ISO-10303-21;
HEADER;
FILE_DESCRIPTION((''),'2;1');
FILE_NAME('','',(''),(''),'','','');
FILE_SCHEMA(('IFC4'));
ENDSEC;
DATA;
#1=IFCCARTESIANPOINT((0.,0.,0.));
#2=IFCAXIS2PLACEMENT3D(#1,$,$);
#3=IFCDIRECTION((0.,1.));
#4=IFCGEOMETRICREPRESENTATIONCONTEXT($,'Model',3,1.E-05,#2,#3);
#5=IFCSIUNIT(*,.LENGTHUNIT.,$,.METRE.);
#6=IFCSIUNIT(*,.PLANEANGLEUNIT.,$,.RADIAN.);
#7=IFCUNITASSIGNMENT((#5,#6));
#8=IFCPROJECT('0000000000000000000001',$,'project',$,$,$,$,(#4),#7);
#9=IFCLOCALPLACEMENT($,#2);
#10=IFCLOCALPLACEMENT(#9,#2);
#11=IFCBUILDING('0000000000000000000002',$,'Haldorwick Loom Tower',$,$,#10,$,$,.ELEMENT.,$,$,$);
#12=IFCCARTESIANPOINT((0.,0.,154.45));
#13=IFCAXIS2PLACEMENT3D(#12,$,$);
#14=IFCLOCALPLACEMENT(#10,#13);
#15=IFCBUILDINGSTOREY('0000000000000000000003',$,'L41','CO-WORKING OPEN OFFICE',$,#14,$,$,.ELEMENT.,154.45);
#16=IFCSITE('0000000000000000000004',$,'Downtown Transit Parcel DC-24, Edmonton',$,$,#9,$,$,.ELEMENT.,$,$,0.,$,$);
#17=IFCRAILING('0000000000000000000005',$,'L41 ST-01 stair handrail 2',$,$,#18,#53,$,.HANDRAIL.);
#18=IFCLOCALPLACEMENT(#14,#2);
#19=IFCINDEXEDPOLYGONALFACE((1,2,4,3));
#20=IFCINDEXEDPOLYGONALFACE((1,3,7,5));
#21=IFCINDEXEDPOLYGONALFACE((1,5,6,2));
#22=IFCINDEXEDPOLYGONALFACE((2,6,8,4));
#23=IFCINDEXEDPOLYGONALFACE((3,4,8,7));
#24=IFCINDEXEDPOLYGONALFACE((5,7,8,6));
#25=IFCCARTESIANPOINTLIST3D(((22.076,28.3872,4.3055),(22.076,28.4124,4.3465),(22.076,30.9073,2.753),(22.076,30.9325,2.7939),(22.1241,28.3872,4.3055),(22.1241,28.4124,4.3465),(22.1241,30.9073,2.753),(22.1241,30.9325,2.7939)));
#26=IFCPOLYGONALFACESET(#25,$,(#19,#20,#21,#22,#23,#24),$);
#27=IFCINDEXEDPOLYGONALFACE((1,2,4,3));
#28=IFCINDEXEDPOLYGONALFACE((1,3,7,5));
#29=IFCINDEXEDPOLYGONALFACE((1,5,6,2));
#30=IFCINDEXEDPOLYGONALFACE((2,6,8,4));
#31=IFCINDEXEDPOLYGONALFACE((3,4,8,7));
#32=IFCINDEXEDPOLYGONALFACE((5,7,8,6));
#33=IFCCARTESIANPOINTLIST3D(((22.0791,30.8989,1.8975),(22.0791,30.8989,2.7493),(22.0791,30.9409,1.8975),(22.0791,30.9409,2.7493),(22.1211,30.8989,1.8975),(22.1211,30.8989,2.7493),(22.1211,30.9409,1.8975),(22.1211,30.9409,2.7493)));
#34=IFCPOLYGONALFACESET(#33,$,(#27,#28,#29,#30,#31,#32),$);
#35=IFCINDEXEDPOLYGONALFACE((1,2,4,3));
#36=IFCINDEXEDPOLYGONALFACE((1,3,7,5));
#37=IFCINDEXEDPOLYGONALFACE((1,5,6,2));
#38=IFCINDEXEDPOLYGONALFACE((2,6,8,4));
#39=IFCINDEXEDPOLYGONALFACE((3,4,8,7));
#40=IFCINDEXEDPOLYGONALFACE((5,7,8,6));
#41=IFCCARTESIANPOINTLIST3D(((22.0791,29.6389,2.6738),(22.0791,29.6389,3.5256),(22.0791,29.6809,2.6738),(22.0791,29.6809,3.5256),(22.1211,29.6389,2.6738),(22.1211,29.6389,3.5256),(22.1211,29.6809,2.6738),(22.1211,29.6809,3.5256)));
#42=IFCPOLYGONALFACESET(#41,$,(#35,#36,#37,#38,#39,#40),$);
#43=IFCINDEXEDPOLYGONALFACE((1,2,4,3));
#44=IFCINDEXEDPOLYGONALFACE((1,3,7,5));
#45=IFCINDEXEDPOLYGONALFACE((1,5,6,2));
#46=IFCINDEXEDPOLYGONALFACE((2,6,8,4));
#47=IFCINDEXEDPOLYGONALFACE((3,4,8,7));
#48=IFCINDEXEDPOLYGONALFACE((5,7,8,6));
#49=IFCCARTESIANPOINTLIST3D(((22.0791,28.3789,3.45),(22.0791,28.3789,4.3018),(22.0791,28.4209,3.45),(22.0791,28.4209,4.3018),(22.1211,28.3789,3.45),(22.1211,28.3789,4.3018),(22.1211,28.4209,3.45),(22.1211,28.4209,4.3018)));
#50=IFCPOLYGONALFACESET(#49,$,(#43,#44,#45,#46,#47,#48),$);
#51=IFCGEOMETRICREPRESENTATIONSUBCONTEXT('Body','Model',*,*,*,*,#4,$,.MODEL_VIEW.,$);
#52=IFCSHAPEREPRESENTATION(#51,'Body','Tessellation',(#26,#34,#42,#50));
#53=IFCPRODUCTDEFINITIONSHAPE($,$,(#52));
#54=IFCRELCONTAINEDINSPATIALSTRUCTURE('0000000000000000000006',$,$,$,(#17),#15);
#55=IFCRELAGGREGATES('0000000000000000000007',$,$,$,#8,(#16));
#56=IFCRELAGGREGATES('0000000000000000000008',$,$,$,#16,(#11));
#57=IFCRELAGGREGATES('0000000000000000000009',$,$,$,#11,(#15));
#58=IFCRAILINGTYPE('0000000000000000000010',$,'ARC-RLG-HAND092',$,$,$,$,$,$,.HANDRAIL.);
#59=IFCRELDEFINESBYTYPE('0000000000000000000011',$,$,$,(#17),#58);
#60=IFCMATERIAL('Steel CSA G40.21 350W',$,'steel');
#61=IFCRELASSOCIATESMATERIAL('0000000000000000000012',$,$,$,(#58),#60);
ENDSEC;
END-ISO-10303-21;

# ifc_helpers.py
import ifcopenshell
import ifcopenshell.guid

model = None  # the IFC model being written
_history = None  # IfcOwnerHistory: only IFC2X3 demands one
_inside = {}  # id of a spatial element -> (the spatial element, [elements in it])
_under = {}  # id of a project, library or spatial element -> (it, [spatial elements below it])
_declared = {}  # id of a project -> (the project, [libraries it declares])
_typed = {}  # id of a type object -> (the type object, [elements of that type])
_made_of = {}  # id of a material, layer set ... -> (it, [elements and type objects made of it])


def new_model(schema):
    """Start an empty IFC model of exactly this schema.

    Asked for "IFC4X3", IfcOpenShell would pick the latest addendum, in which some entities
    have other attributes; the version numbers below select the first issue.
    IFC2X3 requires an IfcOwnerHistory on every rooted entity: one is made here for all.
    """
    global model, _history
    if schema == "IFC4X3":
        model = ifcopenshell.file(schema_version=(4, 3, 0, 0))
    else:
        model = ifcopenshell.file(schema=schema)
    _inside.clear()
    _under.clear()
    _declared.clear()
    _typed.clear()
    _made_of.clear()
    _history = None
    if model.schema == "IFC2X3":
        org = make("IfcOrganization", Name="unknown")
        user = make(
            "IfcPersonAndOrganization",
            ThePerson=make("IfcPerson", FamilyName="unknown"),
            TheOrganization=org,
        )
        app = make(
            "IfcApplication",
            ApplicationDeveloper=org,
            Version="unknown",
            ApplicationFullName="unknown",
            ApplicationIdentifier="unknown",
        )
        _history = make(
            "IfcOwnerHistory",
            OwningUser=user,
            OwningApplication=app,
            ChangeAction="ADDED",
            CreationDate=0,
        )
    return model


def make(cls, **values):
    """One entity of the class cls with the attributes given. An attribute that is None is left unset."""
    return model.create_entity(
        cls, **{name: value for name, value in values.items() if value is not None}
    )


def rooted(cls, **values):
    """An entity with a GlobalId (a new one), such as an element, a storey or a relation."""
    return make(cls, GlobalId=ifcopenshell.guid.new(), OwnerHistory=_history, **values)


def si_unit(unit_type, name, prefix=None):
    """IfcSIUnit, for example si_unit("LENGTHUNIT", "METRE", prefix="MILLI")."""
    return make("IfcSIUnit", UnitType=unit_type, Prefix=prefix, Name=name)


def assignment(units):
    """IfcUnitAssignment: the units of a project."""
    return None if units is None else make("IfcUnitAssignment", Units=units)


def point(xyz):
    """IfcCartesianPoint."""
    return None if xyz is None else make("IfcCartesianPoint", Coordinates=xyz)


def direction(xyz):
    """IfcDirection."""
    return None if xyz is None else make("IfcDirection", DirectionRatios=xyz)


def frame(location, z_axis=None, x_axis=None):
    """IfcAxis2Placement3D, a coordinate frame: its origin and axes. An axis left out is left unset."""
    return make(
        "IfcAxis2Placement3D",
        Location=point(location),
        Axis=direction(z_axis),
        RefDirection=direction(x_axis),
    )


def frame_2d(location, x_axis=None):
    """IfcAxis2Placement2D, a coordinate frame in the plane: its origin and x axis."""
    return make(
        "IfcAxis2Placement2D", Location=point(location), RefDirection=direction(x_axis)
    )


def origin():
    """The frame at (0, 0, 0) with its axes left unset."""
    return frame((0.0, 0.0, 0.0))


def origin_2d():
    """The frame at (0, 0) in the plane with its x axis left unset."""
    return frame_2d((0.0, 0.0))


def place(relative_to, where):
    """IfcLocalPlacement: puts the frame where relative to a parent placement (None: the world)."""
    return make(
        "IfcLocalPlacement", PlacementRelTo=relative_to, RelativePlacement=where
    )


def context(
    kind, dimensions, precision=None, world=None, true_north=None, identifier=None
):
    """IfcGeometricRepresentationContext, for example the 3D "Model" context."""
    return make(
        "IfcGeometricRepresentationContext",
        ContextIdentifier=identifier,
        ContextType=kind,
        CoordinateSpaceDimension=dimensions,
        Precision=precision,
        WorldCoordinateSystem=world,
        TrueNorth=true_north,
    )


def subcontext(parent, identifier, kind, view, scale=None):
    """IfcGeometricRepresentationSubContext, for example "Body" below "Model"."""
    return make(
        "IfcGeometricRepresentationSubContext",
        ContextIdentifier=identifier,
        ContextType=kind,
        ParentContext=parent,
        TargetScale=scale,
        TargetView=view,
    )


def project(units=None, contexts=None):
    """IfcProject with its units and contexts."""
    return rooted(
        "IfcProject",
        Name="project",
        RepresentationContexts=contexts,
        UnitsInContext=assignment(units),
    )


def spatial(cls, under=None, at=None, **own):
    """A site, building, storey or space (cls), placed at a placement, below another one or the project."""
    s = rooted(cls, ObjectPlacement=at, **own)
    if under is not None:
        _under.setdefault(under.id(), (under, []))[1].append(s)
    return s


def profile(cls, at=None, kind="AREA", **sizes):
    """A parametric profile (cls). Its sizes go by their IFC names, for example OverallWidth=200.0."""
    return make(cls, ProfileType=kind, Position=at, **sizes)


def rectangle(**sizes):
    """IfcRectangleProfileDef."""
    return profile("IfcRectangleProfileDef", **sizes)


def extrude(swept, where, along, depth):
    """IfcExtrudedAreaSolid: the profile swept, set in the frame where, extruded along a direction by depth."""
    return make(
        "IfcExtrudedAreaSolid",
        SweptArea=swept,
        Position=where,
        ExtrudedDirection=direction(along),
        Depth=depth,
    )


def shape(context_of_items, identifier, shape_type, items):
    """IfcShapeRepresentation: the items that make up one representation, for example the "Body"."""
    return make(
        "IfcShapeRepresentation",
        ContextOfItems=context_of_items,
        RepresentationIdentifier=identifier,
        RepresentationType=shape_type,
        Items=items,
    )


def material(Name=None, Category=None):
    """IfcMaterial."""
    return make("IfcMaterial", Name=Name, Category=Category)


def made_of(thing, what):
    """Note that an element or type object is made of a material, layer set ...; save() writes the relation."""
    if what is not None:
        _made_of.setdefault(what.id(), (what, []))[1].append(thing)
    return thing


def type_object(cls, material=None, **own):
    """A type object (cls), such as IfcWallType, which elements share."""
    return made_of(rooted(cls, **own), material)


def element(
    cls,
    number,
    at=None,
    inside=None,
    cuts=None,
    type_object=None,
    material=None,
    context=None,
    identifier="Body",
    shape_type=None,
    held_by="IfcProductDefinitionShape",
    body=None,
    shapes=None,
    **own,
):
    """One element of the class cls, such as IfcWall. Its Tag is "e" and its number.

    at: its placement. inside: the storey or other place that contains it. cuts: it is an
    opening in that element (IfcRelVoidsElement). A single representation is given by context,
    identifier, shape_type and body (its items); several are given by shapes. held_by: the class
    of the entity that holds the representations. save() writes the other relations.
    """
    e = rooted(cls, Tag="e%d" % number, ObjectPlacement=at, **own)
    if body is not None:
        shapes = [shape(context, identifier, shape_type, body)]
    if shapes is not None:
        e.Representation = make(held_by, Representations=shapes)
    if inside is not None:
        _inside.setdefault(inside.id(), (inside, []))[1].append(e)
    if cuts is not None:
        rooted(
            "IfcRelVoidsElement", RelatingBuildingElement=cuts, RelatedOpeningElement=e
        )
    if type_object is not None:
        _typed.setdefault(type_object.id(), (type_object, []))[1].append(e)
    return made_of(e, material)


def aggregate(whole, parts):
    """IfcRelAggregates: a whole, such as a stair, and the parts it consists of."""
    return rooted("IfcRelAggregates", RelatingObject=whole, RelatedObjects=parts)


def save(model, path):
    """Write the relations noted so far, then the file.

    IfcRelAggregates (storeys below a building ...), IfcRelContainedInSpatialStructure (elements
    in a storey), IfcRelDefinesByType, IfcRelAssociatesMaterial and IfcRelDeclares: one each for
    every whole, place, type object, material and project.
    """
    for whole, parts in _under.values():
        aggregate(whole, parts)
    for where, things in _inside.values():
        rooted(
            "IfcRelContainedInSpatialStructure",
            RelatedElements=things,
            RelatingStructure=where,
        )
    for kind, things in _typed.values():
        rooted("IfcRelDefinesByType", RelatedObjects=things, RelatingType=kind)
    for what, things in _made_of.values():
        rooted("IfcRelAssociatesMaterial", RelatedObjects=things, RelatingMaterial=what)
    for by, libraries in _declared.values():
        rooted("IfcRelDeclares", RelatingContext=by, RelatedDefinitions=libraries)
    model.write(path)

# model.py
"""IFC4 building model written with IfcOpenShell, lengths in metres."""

from ifc_helpers import new_model, si_unit, direction, frame, origin, origin_2d, place, context, subcontext, project, spatial, rectangle, extrude, material, type_object, element, save


model = new_model("IFC4")

# Units and contexts
model_context = context("Model", 3, precision=1e-05, world=origin(), true_north=direction((0.0, 1.0)))
body_context = subcontext(model_context, "Body", "Model", "MODEL_VIEW")
ifc_project = project(units=[si_unit("LENGTHUNIT", "METRE"), si_unit("PLANEANGLEUNIT", "RADIAN")], contexts=[model_context])

# Site, building, storey
site_placement = place(None, origin())
site = spatial("IfcSite", under=ifc_project, at=site_placement, Name="Downtown Transit Parcel DC-24, Edmonton", CompositionType="ELEMENT", RefElevation=0.0)
building_placement = place(site_placement, origin())
building = spatial("IfcBuilding", under=site, at=building_placement, Name="Haldorwick Loom Tower", CompositionType="ELEMENT")
storey_placement = place(building_placement, frame((0.0, 0.0, 154.45)))
storey = spatial("IfcBuildingStorey", under=building, at=storey_placement, Name="L41", Description="CO-WORKING OPEN OFFICE", CompositionType="ELEMENT", Elevation=154.45)

# Shared definitions
ifc_material_1 = material(Name="Steel CSA G40.21 350W", Category="steel")

# Railing
railing_type_1 = type_object("IfcRailingType", Name="ARC-RLG-HAND092", PredefinedType="HANDRAIL", material=ifc_material_1)
railing_1_placement = place(storey_placement, frame((22.1001, 30.9199, 1.8975)))
element("IfcRailing", 1, at=railing_1_placement, inside=storey, type_object=railing_type_1, Name="L41 ST-01 stair handrail 2", PredefinedType="HANDRAIL", context=body_context, shape_type="SweptSolid", body=[
    extrude(rectangle(XDim=0.0481, YDim=0.0481, at=origin_2d()), frame((0.0, 0.0, 0.876), z_axis=(0.0, -0.8514, 0.524516), x_axis=(1.0, 0.0, 0.0)), (0.0, 0.0, 1.0), 2.96),
    extrude(rectangle(XDim=0.042, YDim=0.042, at=origin_2d()), origin(), (0.0, 0.0, 1.0), 0.8518),
    extrude(rectangle(XDim=0.042, YDim=0.042, at=origin_2d()), frame((0.0, -1.26, 0.7764)), (0.0, 0.0, 1.0), 0.8518),
    extrude(rectangle(XDim=0.042, YDim=0.042, at=origin_2d()), frame((0.0, -2.52, 1.5525)), (0.0, 0.0, 1.0), 0.8518),
])

save(model, "model.ifc")
